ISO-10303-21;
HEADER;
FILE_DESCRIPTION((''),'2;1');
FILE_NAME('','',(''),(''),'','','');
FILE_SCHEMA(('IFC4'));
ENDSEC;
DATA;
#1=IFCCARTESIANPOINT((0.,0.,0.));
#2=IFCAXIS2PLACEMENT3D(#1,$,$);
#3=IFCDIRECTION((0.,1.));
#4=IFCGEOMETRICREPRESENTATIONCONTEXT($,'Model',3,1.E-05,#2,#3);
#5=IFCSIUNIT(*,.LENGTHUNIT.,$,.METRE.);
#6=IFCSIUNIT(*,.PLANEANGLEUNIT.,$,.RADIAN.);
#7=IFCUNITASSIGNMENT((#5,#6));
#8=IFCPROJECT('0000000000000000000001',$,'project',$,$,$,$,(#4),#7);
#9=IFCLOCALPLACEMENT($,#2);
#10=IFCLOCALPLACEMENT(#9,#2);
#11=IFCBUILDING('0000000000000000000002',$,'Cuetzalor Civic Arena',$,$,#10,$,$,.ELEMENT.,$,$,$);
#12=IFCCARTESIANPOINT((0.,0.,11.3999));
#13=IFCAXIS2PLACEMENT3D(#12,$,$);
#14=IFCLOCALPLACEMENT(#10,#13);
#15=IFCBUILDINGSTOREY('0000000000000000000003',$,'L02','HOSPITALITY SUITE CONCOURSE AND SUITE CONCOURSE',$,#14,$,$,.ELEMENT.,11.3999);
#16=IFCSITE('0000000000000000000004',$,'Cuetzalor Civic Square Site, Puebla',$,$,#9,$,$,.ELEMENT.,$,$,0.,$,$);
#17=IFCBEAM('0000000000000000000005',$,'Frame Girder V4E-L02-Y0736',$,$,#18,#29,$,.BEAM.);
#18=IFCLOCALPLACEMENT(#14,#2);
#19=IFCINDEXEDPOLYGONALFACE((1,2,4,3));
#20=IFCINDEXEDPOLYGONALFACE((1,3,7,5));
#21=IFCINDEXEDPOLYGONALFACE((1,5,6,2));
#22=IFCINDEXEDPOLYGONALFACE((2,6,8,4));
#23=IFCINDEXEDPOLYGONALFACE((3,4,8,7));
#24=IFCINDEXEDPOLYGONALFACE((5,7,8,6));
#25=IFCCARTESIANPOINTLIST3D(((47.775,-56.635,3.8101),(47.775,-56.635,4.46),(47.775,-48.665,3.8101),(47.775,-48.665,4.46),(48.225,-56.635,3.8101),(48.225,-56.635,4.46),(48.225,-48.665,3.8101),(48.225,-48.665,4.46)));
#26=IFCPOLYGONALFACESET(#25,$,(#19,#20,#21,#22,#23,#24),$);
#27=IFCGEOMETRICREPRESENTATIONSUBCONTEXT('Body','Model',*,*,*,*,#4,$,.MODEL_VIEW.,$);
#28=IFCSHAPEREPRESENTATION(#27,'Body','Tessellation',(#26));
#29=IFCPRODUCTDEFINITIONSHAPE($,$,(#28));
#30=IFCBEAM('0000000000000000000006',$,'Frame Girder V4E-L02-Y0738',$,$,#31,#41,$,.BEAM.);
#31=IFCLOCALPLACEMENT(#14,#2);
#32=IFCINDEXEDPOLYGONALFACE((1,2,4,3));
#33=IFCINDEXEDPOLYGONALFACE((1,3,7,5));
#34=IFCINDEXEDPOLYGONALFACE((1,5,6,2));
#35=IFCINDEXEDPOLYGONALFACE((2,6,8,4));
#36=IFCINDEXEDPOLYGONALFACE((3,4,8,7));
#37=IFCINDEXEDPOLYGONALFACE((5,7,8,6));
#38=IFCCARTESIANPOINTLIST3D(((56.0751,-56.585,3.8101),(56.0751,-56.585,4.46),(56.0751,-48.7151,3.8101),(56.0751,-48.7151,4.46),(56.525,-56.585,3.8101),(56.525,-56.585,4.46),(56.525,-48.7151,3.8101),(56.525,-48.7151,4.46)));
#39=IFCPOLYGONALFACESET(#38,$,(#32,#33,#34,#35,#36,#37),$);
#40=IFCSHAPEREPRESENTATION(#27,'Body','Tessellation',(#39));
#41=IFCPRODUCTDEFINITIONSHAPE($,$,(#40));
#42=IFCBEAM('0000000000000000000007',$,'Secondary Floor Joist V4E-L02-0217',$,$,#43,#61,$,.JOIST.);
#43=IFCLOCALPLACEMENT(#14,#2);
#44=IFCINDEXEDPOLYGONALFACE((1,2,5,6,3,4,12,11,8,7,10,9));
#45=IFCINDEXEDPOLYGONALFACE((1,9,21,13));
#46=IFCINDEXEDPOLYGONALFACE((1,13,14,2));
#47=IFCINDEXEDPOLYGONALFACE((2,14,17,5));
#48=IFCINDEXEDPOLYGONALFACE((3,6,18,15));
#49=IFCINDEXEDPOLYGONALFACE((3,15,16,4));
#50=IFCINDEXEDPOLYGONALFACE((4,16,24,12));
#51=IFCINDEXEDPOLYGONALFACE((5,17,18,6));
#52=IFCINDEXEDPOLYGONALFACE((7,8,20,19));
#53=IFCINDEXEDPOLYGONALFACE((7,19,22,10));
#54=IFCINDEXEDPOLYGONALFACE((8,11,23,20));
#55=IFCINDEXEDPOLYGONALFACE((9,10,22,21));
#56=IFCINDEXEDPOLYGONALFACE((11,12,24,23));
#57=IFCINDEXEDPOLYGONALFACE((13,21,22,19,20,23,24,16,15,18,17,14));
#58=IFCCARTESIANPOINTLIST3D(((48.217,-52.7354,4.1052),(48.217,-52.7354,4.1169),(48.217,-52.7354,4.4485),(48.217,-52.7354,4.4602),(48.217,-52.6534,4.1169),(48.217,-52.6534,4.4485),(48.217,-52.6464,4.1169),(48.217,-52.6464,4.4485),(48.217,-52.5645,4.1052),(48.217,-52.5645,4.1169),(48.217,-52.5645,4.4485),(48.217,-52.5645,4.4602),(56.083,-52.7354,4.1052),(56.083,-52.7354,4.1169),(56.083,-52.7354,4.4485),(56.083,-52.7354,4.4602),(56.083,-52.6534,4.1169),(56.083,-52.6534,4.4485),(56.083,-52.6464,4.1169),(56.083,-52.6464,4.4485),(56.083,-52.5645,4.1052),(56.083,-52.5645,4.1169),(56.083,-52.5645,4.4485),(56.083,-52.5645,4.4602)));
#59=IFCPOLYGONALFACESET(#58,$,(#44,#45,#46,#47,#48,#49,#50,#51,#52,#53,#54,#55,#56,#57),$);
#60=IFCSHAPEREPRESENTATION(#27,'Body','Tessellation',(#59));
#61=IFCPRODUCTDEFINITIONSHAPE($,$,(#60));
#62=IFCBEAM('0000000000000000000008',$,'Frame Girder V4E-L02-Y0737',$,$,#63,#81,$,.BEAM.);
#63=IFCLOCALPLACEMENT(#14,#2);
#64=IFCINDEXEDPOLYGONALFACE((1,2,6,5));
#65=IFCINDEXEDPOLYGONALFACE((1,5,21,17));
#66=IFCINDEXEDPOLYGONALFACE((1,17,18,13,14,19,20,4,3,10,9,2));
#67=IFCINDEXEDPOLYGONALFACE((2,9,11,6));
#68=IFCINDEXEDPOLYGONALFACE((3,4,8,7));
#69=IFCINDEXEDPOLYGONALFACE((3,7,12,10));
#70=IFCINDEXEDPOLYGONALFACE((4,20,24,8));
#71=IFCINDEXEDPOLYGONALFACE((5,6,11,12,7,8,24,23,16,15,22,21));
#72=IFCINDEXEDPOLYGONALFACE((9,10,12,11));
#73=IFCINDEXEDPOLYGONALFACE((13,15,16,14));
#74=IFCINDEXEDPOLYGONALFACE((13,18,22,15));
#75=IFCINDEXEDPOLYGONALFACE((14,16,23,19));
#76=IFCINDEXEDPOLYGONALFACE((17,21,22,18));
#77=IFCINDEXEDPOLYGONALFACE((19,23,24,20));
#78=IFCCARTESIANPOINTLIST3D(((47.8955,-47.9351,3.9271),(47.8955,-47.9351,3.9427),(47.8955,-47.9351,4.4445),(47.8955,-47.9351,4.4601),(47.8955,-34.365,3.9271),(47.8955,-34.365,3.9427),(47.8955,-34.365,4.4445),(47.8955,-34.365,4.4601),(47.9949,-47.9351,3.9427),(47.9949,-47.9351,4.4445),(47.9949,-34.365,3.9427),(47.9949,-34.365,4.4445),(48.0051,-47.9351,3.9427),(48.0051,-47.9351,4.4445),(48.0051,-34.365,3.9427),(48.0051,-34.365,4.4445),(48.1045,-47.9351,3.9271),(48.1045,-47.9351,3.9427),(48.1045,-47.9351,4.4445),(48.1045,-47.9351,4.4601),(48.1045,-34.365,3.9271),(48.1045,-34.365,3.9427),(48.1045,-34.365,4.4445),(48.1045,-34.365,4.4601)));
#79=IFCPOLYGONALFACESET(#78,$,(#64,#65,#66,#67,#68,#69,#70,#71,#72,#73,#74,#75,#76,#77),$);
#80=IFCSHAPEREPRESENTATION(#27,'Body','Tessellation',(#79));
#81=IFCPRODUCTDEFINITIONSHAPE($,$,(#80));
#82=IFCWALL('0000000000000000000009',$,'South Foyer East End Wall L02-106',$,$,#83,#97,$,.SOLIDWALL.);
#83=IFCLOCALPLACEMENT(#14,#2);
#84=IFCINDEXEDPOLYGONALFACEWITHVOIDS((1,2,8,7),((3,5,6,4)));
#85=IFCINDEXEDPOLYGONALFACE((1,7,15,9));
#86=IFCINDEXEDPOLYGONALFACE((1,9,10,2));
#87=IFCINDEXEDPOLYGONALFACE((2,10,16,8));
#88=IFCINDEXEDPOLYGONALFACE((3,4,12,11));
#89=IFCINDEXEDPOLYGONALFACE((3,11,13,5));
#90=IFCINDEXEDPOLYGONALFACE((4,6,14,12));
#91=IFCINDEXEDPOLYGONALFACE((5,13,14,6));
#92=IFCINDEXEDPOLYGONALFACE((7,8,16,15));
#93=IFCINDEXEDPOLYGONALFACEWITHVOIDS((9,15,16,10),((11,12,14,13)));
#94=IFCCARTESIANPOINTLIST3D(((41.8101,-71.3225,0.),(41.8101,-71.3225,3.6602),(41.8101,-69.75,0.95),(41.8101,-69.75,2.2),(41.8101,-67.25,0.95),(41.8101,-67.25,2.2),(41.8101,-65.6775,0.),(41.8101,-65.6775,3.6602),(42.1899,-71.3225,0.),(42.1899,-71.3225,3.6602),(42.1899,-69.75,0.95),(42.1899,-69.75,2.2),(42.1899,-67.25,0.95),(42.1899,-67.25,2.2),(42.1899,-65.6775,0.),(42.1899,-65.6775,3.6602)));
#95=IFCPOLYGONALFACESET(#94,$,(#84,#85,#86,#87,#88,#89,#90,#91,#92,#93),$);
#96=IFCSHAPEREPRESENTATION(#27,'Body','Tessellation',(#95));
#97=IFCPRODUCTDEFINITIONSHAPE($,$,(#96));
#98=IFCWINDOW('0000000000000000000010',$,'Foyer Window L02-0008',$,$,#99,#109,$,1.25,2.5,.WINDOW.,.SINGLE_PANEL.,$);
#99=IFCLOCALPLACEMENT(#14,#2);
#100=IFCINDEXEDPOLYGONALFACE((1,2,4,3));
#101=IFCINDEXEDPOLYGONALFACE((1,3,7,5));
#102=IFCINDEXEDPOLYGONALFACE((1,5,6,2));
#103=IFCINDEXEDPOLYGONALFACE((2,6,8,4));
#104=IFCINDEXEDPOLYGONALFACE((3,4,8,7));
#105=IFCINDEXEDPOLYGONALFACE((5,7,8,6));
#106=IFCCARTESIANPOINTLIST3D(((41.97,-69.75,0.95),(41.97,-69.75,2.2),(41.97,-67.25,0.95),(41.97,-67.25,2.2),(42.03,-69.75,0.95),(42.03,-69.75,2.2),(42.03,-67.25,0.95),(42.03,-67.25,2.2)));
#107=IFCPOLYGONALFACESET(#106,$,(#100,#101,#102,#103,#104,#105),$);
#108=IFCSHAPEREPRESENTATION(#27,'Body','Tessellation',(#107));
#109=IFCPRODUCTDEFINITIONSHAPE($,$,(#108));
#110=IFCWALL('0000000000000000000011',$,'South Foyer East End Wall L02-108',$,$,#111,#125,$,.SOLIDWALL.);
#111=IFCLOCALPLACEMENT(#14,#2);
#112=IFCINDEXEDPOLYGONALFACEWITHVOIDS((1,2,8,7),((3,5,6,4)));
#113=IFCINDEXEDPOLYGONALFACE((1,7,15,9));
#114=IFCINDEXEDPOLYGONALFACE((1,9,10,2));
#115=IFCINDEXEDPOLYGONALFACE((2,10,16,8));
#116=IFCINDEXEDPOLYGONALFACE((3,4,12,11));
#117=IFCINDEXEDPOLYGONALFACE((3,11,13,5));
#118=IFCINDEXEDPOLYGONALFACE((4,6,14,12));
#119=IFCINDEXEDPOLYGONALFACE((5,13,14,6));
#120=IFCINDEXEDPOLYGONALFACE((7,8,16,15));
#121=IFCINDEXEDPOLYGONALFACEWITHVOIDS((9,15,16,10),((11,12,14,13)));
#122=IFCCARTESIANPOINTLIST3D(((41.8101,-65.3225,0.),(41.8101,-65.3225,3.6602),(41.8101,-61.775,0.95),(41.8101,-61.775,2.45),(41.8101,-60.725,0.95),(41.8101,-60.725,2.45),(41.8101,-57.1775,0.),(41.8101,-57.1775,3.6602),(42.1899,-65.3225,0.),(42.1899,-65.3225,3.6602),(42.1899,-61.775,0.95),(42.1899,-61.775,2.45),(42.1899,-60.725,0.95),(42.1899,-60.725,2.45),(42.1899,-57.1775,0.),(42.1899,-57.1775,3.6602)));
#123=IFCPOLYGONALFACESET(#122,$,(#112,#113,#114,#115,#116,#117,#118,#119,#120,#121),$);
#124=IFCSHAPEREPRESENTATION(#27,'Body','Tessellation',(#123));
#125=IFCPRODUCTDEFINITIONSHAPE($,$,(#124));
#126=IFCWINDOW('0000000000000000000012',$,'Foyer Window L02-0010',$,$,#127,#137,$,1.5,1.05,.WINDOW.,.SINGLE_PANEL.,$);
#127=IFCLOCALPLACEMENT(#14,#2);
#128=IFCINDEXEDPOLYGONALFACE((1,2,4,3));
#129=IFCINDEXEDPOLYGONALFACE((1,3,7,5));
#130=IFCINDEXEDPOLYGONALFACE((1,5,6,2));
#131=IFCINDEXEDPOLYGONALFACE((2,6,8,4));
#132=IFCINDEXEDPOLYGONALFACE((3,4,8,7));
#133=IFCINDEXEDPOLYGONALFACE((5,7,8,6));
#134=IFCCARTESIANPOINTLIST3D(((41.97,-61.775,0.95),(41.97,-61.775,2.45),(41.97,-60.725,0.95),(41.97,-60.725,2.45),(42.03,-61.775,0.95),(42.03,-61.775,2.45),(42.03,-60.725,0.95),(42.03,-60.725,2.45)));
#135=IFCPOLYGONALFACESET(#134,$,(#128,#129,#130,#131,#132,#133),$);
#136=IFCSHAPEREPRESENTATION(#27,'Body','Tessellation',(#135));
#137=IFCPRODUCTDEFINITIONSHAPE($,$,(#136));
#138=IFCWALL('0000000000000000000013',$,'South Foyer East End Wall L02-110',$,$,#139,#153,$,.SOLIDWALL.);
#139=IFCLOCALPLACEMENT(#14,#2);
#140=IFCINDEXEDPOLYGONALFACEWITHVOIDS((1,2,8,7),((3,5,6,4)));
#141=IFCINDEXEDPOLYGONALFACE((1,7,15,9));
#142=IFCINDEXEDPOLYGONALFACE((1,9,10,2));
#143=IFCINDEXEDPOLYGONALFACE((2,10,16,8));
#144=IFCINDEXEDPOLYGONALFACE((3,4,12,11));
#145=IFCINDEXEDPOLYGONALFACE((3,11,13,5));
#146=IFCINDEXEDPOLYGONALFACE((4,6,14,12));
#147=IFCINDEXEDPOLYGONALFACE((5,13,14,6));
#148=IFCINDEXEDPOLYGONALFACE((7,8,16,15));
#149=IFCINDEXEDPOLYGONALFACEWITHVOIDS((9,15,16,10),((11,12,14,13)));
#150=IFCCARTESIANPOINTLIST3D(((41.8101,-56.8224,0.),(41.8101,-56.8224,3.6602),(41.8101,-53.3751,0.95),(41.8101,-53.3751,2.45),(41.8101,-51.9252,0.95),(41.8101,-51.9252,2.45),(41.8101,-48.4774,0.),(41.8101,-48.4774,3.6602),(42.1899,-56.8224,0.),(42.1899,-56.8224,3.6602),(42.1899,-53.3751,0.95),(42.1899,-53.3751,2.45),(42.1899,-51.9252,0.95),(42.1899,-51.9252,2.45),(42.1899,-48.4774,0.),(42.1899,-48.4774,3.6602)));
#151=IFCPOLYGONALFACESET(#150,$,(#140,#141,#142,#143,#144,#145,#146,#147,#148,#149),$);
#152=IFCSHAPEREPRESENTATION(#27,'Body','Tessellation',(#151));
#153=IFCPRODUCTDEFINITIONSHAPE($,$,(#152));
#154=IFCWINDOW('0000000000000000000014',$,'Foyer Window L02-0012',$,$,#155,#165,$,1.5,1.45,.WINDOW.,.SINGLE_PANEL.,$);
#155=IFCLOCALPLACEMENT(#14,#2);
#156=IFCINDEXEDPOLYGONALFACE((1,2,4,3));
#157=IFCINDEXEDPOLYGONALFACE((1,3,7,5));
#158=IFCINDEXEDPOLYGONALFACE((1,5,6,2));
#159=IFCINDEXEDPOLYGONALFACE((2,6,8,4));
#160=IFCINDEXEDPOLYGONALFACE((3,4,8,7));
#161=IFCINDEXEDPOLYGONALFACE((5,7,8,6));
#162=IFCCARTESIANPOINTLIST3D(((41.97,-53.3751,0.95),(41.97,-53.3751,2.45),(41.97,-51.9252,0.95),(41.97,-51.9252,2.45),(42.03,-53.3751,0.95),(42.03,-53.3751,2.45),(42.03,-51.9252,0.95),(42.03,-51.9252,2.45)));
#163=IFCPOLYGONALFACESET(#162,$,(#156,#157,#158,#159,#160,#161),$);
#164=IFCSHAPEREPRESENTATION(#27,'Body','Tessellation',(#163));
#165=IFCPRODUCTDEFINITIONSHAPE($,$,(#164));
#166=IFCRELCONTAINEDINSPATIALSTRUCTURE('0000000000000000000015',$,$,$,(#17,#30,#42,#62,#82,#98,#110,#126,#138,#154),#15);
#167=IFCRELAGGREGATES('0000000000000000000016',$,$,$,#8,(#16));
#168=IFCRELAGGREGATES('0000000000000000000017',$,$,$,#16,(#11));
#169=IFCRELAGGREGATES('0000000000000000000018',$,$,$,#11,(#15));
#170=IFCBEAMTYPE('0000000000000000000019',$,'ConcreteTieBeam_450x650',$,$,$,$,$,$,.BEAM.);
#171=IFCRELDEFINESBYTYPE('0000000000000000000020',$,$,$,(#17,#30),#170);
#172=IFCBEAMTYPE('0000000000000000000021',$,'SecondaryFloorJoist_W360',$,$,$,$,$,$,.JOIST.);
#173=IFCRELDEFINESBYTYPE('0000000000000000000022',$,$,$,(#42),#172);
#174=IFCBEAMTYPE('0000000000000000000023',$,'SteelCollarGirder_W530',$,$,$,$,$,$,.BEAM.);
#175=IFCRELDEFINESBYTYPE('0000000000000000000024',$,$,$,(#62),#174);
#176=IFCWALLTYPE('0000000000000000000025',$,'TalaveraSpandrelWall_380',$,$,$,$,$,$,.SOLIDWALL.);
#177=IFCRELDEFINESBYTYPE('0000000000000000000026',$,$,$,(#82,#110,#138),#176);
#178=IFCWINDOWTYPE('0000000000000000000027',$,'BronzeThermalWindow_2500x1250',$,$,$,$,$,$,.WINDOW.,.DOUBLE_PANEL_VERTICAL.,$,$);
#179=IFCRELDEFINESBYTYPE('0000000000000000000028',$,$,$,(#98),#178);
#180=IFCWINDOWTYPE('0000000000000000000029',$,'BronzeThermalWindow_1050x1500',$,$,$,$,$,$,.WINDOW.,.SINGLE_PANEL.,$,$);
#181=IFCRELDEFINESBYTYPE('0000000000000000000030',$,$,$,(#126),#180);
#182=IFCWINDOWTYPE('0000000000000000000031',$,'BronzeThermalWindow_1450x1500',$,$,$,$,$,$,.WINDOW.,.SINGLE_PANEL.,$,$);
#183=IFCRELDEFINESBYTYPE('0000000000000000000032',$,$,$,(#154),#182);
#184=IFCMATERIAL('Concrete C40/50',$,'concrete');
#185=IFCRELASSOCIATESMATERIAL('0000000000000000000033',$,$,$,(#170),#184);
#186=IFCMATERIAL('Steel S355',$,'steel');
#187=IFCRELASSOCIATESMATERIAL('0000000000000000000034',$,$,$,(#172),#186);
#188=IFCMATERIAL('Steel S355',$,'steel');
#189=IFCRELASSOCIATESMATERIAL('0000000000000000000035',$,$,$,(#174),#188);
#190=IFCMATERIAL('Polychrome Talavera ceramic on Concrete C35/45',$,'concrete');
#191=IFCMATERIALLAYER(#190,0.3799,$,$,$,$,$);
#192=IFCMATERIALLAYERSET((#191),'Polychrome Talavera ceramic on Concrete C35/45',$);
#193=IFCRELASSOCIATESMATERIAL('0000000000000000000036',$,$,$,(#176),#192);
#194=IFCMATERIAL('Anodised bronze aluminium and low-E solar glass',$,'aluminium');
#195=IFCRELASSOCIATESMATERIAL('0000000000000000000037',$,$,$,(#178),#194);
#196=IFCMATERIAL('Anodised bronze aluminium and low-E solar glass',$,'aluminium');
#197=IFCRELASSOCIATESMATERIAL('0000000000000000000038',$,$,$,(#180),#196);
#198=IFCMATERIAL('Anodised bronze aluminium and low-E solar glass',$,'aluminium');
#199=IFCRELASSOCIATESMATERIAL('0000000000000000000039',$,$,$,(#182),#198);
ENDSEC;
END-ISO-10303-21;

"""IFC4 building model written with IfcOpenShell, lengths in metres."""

from ifc_helpers import new_model, si_unit, direction, frame, frame_2d, origin, origin_2d, place, context, subcontext, project, spatial, rectangle, i_section, extrude, material, layer, layer_set, material_profile, profile_set, type_object, element, fill, save


model = new_model("IFC4")

# Units and contexts
model_context = context("Model", 3, precision=1e-05, world=origin(), true_north=direction((0.0, 1.0)))
body_context = subcontext(model_context, "Body", "Model", "MODEL_VIEW")
ifc_project = project(units=[si_unit("LENGTHUNIT", "METRE"), si_unit("PLANEANGLEUNIT", "RADIAN")], contexts=[model_context])

# Site, building, storey
site_placement = place(None, origin())
site = spatial("IfcSite", under=ifc_project, at=site_placement, Name="Cuetzalor Civic Square Site, Puebla", CompositionType="ELEMENT", RefElevation=0.0)
building_placement = place(site_placement, origin())
building = spatial("IfcBuilding", under=site, at=building_placement, Name="Cuetzalor Civic Arena", CompositionType="ELEMENT")
storey_placement = place(building_placement, frame((0.0, 0.0, 11.3999)))
storey = spatial("IfcBuildingStorey", under=building, at=storey_placement, Name="L02", Description="HOSPITALITY SUITE CONCOURSE AND SUITE CONCOURSE", CompositionType="ELEMENT", Elevation=11.3999)

# Beams
ifc_material_1 = material(Name="Concrete C40/50", Category="concrete")
ifc_material_profile_1 = material_profile(ifc_material_1, rectangle(XDim=0.45, YDim=0.6499, at=origin_2d()), Name="RC 450x650")
ifc_profile_set_1 = profile_set([ifc_material_profile_1], Name="Concrete C40/50")
beam_type_1 = type_object("IfcBeamType", Name="ConcreteTieBeam_450x650", PredefinedType="BEAM", material=ifc_profile_set_1)
beam_1_placement = place(storey_placement, frame((48.0, -56.635, 4.135), z_axis=(0.0, 1.0, 0.0), x_axis=(-1.0, 0.0, 0.0)))
element("IfcBeam", 1, at=beam_1_placement, inside=storey, type_object=beam_type_1, Name="Frame Girder V4E-L02-Y0736", PredefinedType="BEAM", context=body_context, shape_type="SweptSolid", body=[
    extrude(rectangle(XDim=0.45, YDim=0.6499, at=origin_2d()), origin(), (0.0, 0.0, 1.0), 7.97),
])
beam_2_placement = place(storey_placement, frame((56.3, -56.585, 4.135), z_axis=(0.0, 1.0, 0.0), x_axis=(-1.0, 0.0, 0.0)))
element("IfcBeam", 2, at=beam_2_placement, inside=storey, type_object=beam_type_1, Name="Frame Girder V4E-L02-Y0738", PredefinedType="BEAM", context=body_context, shape_type="SweptSolid", body=[
    extrude(rectangle(XDim=0.45, YDim=0.6499, at=origin_2d()), origin(), (0.0, 0.0, 1.0), 7.8699),
])
ifc_material_2 = material(Name="Steel S355", Category="steel")
ifc_material_profile_2 = material_profile(ifc_material_2, i_section(OverallWidth=0.1709, OverallDepth=0.355, WebThickness=0.0071, FlangeThickness=0.0117, at=origin_2d()), Name="W360x51")
ifc_profile_set_2 = profile_set([ifc_material_profile_2], Name="Steel S355")
beam_type_2 = type_object("IfcBeamType", Name="SecondaryFloorJoist_W360", PredefinedType="JOIST", material=ifc_profile_set_2)
beam_3_placement = place(storey_placement, frame((48.217, -52.6499, 4.2827), z_axis=(1.0, 0.0, 0.0), x_axis=(0.0, 1.0, 0.0)))
element("IfcBeam", 3, at=beam_3_placement, inside=storey, type_object=beam_type_2, Name="Secondary Floor Joist V4E-L02-0217", PredefinedType="JOIST", context=body_context, shape_type="SweptSolid", body=[
    extrude(i_section(OverallWidth=0.1709, OverallDepth=0.355, WebThickness=0.0071, FlangeThickness=0.0117, at=origin_2d()), origin(), (0.0, 0.0, 1.0), 7.866),
])
ifc_material_3 = material(Name="Steel S355", Category="steel")
ifc_material_profile_3 = material_profile(ifc_material_3, i_section(OverallWidth=0.209, OverallDepth=0.533, WebThickness=0.0103, FlangeThickness=0.0156, at=origin_2d()), Name="W530x92")
ifc_profile_set_3 = profile_set([ifc_material_profile_3], Name="Steel S355")
beam_type_3 = type_object("IfcBeamType", Name="SteelCollarGirder_W530", PredefinedType="BEAM", material=ifc_profile_set_3)
beam_4_placement = place(storey_placement, frame((48.0, -47.9351, 4.1936), z_axis=(0.0, 1.0, 0.0), x_axis=(-1.0, 0.0, 0.0)))
element("IfcBeam", 4, at=beam_4_placement, inside=storey, type_object=beam_type_3, Name="Frame Girder V4E-L02-Y0737", PredefinedType="BEAM", context=body_context, shape_type="SweptSolid", body=[
    extrude(i_section(OverallWidth=0.209, OverallDepth=0.533, WebThickness=0.0103, FlangeThickness=0.0156, at=origin_2d()), origin(), (0.0, 0.0, 1.0), 13.5701),
])

# Walls, openings, windows
ifc_material_4 = material(Name="Polychrome Talavera ceramic on Concrete C35/45", Category="concrete")
ifc_layer = layer(ifc_material_4, 0.3799)
ifc_layer_set = layer_set([ifc_layer], Name="Polychrome Talavera ceramic on Concrete C35/45")
wall_type = type_object("IfcWallType", Name="TalaveraSpandrelWall_380", PredefinedType="SOLIDWALL", material=ifc_layer_set)
wall_1_placement = place(storey_placement, frame((42.0, -65.6775, 0.0), z_axis=(0.0, 0.0, 1.0), x_axis=(0.0, -1.0, 0.0)))
wall_1 = element("IfcWall", 5, at=wall_1_placement, inside=storey, type_object=wall_type, Name="South Foyer East End Wall L02-106", PredefinedType="SOLIDWALL", context=body_context, shape_type="SweptSolid", body=[
    extrude(rectangle(XDim=5.645, YDim=0.3799, at=frame_2d((2.8225, 0.0))), origin(), (0.0, 0.0, 1.0), 3.6602),
])
opening_1_placement = place(wall_1_placement, frame((1.5725, 0.0, 0.95)))
opening_1 = element("IfcOpeningElement", 6, at=opening_1_placement, cuts=wall_1, PredefinedType="OPENING", context=body_context, shape_type="SweptSolid", body=[
    extrude(rectangle(XDim=2.5, YDim=1.25, at=frame_2d((1.25, 0.625))), frame((0.0, 0.2, 0.0), z_axis=(0.0, -1.0, 0.0), x_axis=(1.0, 0.0, 0.0)), (0.0, 0.0, 1.0), 0.3999),
])
ifc_material_5 = material(Name="Anodised bronze aluminium and low-E solar glass", Category="aluminium")
window_type_1 = type_object("IfcWindowType", Name="BronzeThermalWindow_2500x1250", PartitioningType="DOUBLE_PANEL_VERTICAL", PredefinedType="WINDOW", material=ifc_material_5)
window_1_placement = place(opening_1_placement, origin())
window_1 = element("IfcWindow", 7, at=window_1_placement, inside=storey, type_object=window_type_1, Name="Foyer Window L02-0008", OverallHeight=1.25, OverallWidth=2.5, PartitioningType="SINGLE_PANEL", PredefinedType="WINDOW", context=body_context, shape_type="SweptSolid", body=[
    extrude(rectangle(XDim=2.5, YDim=1.25, at=frame_2d((1.25, 0.625))), frame((0.0, 0.03, 0.0), z_axis=(0.0, -1.0, 0.0), x_axis=(1.0, 0.0, 0.0)), (0.0, 0.0, 1.0), 0.0601),
])
fill(opening_1, window_1)
wall_2_placement = place(storey_placement, frame((42.0, -57.1775, 0.0), z_axis=(0.0, 0.0, 1.0), x_axis=(0.0, -1.0, 0.0)))
wall_2 = element("IfcWall", 8, at=wall_2_placement, inside=storey, type_object=wall_type, Name="South Foyer East End Wall L02-108", PredefinedType="SOLIDWALL", context=body_context, shape_type="SweptSolid", body=[
    extrude(rectangle(XDim=8.145, YDim=0.3799, at=frame_2d((4.0725, 0.0))), origin(), (0.0, 0.0, 1.0), 3.6602),
])
opening_2_placement = place(wall_2_placement, frame((3.5476, 0.0, 0.95)))
opening_2 = element("IfcOpeningElement", 9, at=opening_2_placement, cuts=wall_2, PredefinedType="OPENING", context=body_context, shape_type="SweptSolid", body=[
    extrude(rectangle(XDim=1.05, YDim=1.5, at=frame_2d((0.5249, 0.75))), frame((0.0, 0.2, 0.0), z_axis=(0.0, -1.0, 0.0), x_axis=(1.0, 0.0, 0.0)), (0.0, 0.0, 1.0), 0.3999),
])
ifc_material_6 = material(Name="Anodised bronze aluminium and low-E solar glass", Category="aluminium")
window_type_2 = type_object("IfcWindowType", Name="BronzeThermalWindow_1050x1500", PartitioningType="SINGLE_PANEL", PredefinedType="WINDOW", material=ifc_material_6)
window_2_placement = place(opening_2_placement, origin())
window_2 = element("IfcWindow", 10, at=window_2_placement, inside=storey, type_object=window_type_2, Name="Foyer Window L02-0010", OverallHeight=1.5, OverallWidth=1.05, PartitioningType="SINGLE_PANEL", PredefinedType="WINDOW", context=body_context, shape_type="SweptSolid", body=[
    extrude(rectangle(XDim=1.05, YDim=1.5, at=frame_2d((0.5249, 0.75))), frame((0.0, 0.03, 0.0), z_axis=(0.0, -1.0, 0.0), x_axis=(1.0, 0.0, 0.0)), (0.0, 0.0, 1.0), 0.0601),
])
fill(opening_2, window_2)
wall_3_placement = place(storey_placement, frame((42.0, -48.4775, 0.0), z_axis=(0.0, 0.0, 1.0), x_axis=(0.0, -1.0, 0.0)))
wall_3 = element("IfcWall", 11, at=wall_3_placement, inside=storey, type_object=wall_type, Name="South Foyer East End Wall L02-110", PredefinedType="SOLIDWALL", context=body_context, shape_type="SweptSolid", body=[
    extrude(rectangle(XDim=8.345, YDim=0.3799, at=frame_2d((4.1724, 0.0))), origin(), (0.0, 0.0, 1.0), 3.6602),
])
opening_3_placement = place(wall_3_placement, frame((3.4475, 0.0, 0.95)))
opening_3 = element("IfcOpeningElement", 12, at=opening_3_placement, cuts=wall_3, PredefinedType="OPENING", context=body_context, shape_type="SweptSolid", body=[
    extrude(rectangle(XDim=1.45, YDim=1.5, at=frame_2d((0.7251, 0.75))), frame((0.0, 0.2, 0.0), z_axis=(0.0, -1.0, 0.0), x_axis=(1.0, 0.0, 0.0)), (0.0, 0.0, 1.0), 0.3999),
])
ifc_material_7 = material(Name="Anodised bronze aluminium and low-E solar glass", Category="aluminium")
window_type_3 = type_object("IfcWindowType", Name="BronzeThermalWindow_1450x1500", PartitioningType="SINGLE_PANEL", PredefinedType="WINDOW", material=ifc_material_7)
window_3_placement = place(opening_3_placement, origin())
window_3 = element("IfcWindow", 13, at=window_3_placement, inside=storey, type_object=window_type_3, Name="Foyer Window L02-0012", OverallHeight=1.5, OverallWidth=1.45, PartitioningType="SINGLE_PANEL", PredefinedType="WINDOW", context=body_context, shape_type="SweptSolid", body=[
    extrude(rectangle(XDim=1.45, YDim=1.5, at=frame_2d((0.7251, 0.75))), frame((0.0, 0.03, 0.0), z_axis=(0.0, -1.0, 0.0), x_axis=(1.0, 0.0, 0.0)), (0.0, 0.0, 1.0), 0.0601),
])
fill(opening_3, window_3)

save(model, "model.ifc")
